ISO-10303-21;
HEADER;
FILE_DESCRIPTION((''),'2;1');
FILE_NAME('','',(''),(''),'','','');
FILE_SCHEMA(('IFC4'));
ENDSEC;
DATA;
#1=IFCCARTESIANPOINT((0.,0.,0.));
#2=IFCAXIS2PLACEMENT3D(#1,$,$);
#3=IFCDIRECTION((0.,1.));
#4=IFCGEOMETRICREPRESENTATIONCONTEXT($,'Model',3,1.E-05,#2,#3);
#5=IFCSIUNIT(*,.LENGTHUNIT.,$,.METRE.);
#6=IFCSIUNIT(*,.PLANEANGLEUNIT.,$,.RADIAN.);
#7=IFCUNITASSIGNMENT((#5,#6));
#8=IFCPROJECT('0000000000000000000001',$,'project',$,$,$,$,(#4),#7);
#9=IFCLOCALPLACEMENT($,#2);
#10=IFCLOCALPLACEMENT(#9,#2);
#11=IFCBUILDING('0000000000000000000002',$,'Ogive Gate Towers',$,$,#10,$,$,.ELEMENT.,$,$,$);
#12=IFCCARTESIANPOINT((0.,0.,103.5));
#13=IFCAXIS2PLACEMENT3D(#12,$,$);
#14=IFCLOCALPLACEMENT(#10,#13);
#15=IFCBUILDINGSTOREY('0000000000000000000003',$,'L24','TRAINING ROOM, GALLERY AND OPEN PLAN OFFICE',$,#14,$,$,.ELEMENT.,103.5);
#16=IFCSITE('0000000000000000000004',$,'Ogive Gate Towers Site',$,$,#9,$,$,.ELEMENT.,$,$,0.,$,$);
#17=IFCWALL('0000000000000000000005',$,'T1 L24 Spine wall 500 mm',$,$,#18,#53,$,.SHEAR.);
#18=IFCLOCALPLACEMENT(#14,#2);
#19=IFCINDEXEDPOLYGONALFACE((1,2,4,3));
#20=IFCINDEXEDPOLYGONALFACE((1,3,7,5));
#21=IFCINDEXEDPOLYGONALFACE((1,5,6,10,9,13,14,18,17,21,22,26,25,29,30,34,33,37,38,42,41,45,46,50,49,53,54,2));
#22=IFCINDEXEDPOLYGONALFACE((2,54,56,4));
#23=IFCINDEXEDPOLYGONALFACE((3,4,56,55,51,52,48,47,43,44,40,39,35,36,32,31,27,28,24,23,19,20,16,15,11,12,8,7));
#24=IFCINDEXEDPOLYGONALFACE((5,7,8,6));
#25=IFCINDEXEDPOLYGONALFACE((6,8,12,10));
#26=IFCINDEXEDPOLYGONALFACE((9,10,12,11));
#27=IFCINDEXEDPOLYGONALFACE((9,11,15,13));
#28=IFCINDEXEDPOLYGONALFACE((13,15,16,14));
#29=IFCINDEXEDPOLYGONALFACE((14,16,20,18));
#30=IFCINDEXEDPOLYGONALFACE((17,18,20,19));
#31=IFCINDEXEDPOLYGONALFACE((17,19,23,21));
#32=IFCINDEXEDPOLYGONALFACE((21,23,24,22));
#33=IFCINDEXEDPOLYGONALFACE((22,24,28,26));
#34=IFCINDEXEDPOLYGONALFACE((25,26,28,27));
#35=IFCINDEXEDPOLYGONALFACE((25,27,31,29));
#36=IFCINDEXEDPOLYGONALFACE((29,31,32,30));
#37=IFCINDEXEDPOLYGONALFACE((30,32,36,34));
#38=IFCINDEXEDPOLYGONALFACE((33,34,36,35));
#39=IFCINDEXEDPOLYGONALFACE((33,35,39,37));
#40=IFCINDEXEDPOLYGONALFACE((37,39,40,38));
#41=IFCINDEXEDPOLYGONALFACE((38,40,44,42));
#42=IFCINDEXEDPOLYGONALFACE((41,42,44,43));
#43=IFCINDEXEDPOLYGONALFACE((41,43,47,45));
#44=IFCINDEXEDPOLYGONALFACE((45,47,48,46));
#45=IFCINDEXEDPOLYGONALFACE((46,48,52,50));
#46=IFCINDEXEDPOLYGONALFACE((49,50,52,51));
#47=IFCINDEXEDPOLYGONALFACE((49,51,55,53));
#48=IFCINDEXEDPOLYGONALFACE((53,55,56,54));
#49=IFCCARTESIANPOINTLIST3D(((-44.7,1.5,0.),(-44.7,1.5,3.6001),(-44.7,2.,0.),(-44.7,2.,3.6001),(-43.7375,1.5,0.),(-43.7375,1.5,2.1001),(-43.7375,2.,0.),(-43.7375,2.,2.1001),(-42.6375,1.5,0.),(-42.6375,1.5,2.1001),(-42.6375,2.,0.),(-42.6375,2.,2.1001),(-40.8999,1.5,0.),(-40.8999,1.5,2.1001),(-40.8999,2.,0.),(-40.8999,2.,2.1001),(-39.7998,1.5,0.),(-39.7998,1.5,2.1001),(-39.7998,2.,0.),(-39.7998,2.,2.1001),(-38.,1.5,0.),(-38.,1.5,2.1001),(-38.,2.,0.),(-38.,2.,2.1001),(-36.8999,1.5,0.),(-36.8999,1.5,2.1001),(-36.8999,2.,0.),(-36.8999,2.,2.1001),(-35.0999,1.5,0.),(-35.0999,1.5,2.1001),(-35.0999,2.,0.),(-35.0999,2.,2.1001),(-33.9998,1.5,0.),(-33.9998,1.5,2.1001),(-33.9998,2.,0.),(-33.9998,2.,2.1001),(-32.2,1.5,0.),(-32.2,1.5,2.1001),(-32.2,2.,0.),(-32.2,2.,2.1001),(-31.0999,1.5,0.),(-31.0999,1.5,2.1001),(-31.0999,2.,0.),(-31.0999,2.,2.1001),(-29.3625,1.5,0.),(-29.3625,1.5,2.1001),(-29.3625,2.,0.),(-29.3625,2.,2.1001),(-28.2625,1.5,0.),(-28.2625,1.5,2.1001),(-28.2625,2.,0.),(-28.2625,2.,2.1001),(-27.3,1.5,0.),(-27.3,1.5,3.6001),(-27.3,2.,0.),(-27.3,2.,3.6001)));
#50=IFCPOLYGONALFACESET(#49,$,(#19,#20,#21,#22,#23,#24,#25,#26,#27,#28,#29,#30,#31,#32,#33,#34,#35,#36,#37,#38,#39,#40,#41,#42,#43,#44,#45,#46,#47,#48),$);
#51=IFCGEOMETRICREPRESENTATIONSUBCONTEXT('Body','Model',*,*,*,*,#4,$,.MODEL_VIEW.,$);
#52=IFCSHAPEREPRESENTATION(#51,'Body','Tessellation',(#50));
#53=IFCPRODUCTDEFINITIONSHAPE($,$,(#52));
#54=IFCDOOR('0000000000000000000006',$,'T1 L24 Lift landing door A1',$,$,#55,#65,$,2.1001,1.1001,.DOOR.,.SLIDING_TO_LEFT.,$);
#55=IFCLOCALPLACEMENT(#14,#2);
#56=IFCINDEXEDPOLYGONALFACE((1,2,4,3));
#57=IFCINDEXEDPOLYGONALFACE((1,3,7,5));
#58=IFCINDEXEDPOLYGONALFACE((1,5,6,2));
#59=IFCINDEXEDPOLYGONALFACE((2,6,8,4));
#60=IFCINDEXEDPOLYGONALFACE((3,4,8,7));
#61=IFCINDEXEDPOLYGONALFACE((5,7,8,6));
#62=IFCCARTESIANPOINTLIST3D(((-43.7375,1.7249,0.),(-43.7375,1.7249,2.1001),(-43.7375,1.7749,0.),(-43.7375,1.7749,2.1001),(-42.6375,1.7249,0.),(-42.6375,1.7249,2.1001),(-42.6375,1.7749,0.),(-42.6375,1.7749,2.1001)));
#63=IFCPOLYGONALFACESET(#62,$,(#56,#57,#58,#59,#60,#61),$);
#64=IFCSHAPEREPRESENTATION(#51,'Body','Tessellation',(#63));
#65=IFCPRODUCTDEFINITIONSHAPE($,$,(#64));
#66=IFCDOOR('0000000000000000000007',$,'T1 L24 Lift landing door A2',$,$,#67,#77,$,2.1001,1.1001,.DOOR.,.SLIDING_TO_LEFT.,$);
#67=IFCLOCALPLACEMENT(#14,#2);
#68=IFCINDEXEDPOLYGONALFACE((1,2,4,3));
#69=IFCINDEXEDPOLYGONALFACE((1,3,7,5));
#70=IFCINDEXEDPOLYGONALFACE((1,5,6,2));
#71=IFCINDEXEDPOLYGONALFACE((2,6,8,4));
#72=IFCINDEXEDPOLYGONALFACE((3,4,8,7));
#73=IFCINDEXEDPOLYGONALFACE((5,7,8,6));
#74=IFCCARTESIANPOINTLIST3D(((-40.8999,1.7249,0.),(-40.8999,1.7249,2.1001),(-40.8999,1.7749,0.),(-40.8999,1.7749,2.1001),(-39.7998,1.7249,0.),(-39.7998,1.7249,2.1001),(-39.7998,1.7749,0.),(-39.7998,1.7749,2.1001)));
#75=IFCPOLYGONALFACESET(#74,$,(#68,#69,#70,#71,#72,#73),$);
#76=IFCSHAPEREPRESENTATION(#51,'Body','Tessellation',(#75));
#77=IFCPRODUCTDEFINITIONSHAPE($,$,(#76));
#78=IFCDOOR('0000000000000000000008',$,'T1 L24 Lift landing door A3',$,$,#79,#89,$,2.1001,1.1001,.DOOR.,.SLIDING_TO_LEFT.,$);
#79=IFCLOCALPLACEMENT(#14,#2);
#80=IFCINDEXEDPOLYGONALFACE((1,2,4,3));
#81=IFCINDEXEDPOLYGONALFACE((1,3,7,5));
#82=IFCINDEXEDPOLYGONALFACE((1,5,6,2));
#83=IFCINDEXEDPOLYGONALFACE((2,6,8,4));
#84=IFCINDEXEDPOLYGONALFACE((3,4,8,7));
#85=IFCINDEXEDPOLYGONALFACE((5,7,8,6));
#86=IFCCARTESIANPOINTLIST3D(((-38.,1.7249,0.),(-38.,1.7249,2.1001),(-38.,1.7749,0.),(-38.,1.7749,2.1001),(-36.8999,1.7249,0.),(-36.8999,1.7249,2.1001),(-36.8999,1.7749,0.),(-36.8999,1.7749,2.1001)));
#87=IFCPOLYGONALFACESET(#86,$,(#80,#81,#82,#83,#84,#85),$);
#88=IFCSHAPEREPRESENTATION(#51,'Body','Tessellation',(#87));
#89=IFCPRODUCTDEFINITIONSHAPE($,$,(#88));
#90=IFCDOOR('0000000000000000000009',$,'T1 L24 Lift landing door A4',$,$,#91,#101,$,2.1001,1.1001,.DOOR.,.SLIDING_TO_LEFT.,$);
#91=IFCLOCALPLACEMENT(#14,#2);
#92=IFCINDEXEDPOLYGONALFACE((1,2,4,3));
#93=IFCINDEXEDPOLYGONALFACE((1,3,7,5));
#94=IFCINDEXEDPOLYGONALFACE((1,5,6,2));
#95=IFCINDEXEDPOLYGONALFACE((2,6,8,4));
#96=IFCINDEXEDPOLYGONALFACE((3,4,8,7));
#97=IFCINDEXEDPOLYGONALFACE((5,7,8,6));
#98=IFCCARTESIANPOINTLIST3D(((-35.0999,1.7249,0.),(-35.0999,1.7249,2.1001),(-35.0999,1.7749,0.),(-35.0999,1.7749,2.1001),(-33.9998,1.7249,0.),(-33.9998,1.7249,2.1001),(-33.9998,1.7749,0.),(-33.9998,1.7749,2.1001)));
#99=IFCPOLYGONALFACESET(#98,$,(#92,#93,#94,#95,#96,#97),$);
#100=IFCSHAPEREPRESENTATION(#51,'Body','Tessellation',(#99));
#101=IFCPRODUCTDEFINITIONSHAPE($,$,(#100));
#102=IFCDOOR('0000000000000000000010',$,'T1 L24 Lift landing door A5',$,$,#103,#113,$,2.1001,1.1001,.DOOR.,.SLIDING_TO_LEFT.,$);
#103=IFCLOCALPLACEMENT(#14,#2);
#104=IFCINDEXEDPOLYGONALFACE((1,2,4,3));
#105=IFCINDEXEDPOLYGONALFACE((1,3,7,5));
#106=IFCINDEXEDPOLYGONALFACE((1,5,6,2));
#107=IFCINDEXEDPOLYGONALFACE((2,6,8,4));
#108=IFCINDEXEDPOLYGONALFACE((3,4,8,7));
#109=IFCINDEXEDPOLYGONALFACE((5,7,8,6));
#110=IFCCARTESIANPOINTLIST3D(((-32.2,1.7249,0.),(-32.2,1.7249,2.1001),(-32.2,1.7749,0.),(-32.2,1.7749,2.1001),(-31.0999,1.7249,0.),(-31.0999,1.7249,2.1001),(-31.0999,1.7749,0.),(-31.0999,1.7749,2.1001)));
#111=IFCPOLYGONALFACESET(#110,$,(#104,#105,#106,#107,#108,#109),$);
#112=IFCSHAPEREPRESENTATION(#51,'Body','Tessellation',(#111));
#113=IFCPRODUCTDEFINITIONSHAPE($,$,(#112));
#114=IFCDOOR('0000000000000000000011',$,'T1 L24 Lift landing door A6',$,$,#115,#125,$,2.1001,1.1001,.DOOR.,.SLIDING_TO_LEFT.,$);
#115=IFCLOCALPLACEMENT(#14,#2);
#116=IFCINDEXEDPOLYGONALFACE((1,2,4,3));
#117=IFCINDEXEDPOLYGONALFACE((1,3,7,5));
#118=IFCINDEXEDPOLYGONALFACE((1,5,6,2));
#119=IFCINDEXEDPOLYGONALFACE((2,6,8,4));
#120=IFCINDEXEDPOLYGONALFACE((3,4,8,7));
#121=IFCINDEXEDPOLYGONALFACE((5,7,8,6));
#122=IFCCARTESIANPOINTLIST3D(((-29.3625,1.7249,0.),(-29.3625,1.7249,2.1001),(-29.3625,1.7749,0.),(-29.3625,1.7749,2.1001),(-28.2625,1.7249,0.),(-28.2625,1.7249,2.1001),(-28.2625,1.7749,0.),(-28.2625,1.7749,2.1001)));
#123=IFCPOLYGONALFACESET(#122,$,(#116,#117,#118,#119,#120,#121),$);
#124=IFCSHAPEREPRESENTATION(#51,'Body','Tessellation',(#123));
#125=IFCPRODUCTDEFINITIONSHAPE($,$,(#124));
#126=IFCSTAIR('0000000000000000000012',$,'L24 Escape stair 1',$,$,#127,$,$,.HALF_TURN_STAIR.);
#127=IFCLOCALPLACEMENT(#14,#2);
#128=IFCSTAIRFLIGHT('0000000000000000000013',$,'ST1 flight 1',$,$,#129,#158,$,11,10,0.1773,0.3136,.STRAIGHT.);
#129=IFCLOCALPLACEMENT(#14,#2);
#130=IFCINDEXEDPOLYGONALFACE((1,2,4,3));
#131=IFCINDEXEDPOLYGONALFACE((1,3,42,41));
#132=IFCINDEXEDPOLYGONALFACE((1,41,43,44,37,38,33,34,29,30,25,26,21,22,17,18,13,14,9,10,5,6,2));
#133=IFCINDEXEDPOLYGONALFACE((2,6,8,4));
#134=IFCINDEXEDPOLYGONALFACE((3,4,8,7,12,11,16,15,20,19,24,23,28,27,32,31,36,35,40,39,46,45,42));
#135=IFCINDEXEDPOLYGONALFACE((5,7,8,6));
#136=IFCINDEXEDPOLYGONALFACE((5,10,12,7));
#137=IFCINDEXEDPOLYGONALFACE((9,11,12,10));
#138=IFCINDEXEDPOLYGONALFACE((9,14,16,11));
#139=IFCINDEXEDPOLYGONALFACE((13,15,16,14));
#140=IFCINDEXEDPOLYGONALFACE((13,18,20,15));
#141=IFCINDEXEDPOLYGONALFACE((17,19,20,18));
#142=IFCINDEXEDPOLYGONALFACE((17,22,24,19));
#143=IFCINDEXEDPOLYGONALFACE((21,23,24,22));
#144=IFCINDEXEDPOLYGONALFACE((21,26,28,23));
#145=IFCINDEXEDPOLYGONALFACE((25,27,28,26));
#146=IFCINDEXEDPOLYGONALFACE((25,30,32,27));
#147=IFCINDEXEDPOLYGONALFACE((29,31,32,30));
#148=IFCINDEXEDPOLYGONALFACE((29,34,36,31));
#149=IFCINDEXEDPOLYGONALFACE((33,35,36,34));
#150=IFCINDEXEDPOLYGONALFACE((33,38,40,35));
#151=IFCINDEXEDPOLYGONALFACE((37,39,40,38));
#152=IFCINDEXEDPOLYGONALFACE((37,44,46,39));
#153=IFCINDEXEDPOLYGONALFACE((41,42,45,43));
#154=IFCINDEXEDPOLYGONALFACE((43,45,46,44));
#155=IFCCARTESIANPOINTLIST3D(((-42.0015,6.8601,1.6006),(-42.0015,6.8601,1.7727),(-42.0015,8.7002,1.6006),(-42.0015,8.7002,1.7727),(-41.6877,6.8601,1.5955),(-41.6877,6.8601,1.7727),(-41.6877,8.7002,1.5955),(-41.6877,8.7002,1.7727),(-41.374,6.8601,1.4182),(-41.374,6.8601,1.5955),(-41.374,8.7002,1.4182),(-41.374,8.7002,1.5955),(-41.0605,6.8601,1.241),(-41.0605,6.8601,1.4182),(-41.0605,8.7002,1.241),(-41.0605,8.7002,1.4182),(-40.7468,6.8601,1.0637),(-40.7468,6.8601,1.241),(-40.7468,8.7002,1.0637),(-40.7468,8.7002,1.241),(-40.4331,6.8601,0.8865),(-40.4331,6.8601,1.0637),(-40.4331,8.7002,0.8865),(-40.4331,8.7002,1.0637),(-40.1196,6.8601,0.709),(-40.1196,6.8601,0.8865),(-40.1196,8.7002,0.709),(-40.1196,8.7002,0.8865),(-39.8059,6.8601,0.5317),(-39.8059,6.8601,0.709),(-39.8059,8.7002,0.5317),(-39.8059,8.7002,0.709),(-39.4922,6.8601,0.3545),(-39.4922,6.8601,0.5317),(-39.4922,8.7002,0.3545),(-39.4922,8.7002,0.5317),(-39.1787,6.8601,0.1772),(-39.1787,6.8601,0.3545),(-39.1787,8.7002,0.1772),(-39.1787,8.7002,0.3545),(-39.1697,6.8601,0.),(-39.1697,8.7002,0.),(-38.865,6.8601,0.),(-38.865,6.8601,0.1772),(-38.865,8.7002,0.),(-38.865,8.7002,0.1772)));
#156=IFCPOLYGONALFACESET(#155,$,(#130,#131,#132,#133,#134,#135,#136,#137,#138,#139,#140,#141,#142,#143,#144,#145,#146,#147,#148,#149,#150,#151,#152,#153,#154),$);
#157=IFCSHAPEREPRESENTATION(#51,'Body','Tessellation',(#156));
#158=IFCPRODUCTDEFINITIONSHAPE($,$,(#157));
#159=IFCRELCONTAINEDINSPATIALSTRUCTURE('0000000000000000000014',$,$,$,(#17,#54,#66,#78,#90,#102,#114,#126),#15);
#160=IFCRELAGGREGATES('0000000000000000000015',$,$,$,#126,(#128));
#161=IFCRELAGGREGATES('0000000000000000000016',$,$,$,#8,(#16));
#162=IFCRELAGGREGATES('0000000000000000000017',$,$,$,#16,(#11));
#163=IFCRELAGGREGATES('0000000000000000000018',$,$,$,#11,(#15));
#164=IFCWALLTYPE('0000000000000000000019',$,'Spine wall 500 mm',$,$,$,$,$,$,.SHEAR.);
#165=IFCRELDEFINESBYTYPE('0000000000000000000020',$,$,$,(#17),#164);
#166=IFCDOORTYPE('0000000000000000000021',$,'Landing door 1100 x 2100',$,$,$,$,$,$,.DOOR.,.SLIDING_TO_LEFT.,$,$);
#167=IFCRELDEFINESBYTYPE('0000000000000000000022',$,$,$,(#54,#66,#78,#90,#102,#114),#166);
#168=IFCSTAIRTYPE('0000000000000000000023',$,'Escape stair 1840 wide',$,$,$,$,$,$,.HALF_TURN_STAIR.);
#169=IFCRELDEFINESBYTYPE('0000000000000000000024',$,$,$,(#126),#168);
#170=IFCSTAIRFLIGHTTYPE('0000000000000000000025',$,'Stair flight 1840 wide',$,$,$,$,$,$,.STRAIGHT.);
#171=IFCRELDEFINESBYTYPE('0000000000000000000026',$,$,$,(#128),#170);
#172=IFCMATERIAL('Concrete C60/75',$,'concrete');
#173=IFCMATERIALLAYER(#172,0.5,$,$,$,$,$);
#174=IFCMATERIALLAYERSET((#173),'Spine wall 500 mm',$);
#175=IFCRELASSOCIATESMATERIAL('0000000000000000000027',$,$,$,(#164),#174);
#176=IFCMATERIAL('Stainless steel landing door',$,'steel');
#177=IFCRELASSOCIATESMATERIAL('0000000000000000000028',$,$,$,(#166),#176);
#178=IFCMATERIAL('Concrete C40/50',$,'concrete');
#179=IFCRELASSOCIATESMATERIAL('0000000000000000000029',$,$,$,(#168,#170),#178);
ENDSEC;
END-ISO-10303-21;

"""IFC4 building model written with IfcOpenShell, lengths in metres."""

from ifc_helpers import new_model, si_unit, direction, frame, frame_2d, origin, place, context, subcontext, project, spatial, polyline, rectangle, outline, extrude, material, layer, layer_set, type_object, element, fill, aggregate, save


model = new_model("IFC4")

# Units and contexts
model_context = context("Model", 3, precision=1e-05, world=origin(), true_north=direction((0.0, 1.0)))
body_context = subcontext(model_context, "Body", "Model", "MODEL_VIEW")
ifc_project = project(units=[si_unit("LENGTHUNIT", "METRE"), si_unit("PLANEANGLEUNIT", "RADIAN")], contexts=[model_context])

# Site, building, storey
site_placement = place(None, origin())
site = spatial("IfcSite", under=ifc_project, at=site_placement, Name="Ogive Gate Towers Site", CompositionType="ELEMENT", RefElevation=0.0)
building_placement = place(site_placement, origin())
building = spatial("IfcBuilding", under=site, at=building_placement, Name="Ogive Gate Towers", CompositionType="ELEMENT")
storey_placement = place(building_placement, frame((0.0, 0.0, 103.5)))
storey = spatial("IfcBuildingStorey", under=building, at=storey_placement, Name="L24", Description="TRAINING ROOM, GALLERY AND OPEN PLAN OFFICE", CompositionType="ELEMENT", Elevation=103.5)

# Shared definitions
ifc_material_1 = material(Name="Concrete C60/75", Category="concrete")

# Wall, openings, doors
ifc_layer_1 = layer(ifc_material_1, 0.5)
ifc_layer_set_1 = layer_set([ifc_layer_1], Name="Spine wall 500 mm")
wall_type_1 = type_object("IfcWallType", Name="Spine wall 500 mm", PredefinedType="SHEAR", material=ifc_layer_set_1)
ifc_material_2 = material(Name="Stainless steel landing door", Category="steel")
wall_1_placement = place(storey_placement, frame((-44.7, 1.75, 0.0), z_axis=(0.0, 0.0, 1.0), x_axis=(1.0, 0.0, 0.0)))
wall_1 = element("IfcWall", 1, at=wall_1_placement, inside=storey, type_object=wall_type_1, Name="T1 L24 Spine wall 500 mm", PredefinedType="SHEAR", context=body_context, shape_type="SweptSolid", body=[
    extrude(rectangle(XDim=17.3999, YDim=0.5, at=frame_2d((8.7, 0.0))), origin(), (0.0, 0.0, 1.0), 3.6001),
])
opening_1_placement = place(wall_1_placement, frame((0.9624, 0.0, 0.0)))
opening_1 = element("IfcOpeningElement", 2, at=opening_1_placement, cuts=wall_1, PredefinedType="OPENING", context=body_context, shape_type="SweptSolid", body=[
    extrude(rectangle(XDim=1.1001, YDim=2.1001, at=frame_2d((0.55, 1.05))), frame((0.0, 0.26, 0.0), z_axis=(0.0, -1.0, 0.0), x_axis=(1.0, 0.0, 0.0)), (0.0, 0.0, 1.0), 0.52),
])
opening_2_placement = place(wall_1_placement, frame((3.8, 0.0, 0.0)))
opening_2 = element("IfcOpeningElement", 3, at=opening_2_placement, cuts=wall_1, PredefinedType="OPENING", context=body_context, shape_type="SweptSolid", body=[
    extrude(rectangle(XDim=1.1001, YDim=2.1001, at=frame_2d((0.55, 1.05))), frame((0.0, 0.26, 0.0), z_axis=(0.0, -1.0, 0.0), x_axis=(1.0, 0.0, 0.0)), (0.0, 0.0, 1.0), 0.52),
])
opening_3_placement = place(wall_1_placement, frame((6.7, 0.0, 0.0)))
opening_3 = element("IfcOpeningElement", 4, at=opening_3_placement, cuts=wall_1, PredefinedType="OPENING", context=body_context, shape_type="SweptSolid", body=[
    extrude(rectangle(XDim=1.1001, YDim=2.1001, at=frame_2d((0.55, 1.05))), frame((0.0, 0.26, 0.0), z_axis=(0.0, -1.0, 0.0), x_axis=(1.0, 0.0, 0.0)), (0.0, 0.0, 1.0), 0.52),
])
opening_4_placement = place(wall_1_placement, frame((9.6001, 0.0, 0.0)))
opening_4 = element("IfcOpeningElement", 5, at=opening_4_placement, cuts=wall_1, PredefinedType="OPENING", context=body_context, shape_type="SweptSolid", body=[
    extrude(rectangle(XDim=1.1001, YDim=2.1001, at=frame_2d((0.55, 1.05))), frame((0.0, 0.26, 0.0), z_axis=(0.0, -1.0, 0.0), x_axis=(1.0, 0.0, 0.0)), (0.0, 0.0, 1.0), 0.52),
])
opening_5_placement = place(wall_1_placement, frame((12.5, 0.0, 0.0)))
opening_5 = element("IfcOpeningElement", 6, at=opening_5_placement, cuts=wall_1, PredefinedType="OPENING", context=body_context, shape_type="SweptSolid", body=[
    extrude(rectangle(XDim=1.1001, YDim=2.1001, at=frame_2d((0.55, 1.05))), frame((0.0, 0.26, 0.0), z_axis=(0.0, -1.0, 0.0), x_axis=(1.0, 0.0, 0.0)), (0.0, 0.0, 1.0), 0.52),
])
opening_6_placement = place(wall_1_placement, frame((15.3374, 0.0, 0.0)))
opening_6 = element("IfcOpeningElement", 7, at=opening_6_placement, cuts=wall_1, PredefinedType="OPENING", context=body_context, shape_type="SweptSolid", body=[
    extrude(rectangle(XDim=1.1001, YDim=2.1001, at=frame_2d((0.55, 1.05))), frame((0.0, 0.26, 0.0), z_axis=(0.0, -1.0, 0.0), x_axis=(1.0, 0.0, 0.0)), (0.0, 0.0, 1.0), 0.52),
])
door_type_1 = type_object("IfcDoorType", Name="Landing door 1100 x 2100", OperationType="SLIDING_TO_LEFT", PredefinedType="DOOR", material=ifc_material_2)
door_1_placement = place(opening_1_placement, origin())
door_1 = element("IfcDoor", 8, at=door_1_placement, inside=storey, type_object=door_type_1, Name="T1 L24 Lift landing door A1", OperationType="SLIDING_TO_LEFT", OverallHeight=2.1001, OverallWidth=1.1001, PredefinedType="DOOR", context=body_context, shape_type="SweptSolid", body=[
    extrude(rectangle(XDim=1.1001, YDim=2.1001, at=frame_2d((0.55, 1.05))), frame((0.0, 0.0249, 0.0), z_axis=(0.0, -1.0, 0.0), x_axis=(1.0, 0.0, 0.0)), (0.0, 0.0, 1.0), 0.05),
])
fill(opening_1, door_1)
door_2_placement = place(opening_2_placement, origin())
door_2 = element("IfcDoor", 9, at=door_2_placement, inside=storey, type_object=door_type_1, Name="T1 L24 Lift landing door A2", OperationType="SLIDING_TO_LEFT", OverallHeight=2.1001, OverallWidth=1.1001, PredefinedType="DOOR", context=body_context, shape_type="SweptSolid", body=[
    extrude(rectangle(XDim=1.1001, YDim=2.1001, at=frame_2d((0.55, 1.05))), frame((0.0, 0.0249, 0.0), z_axis=(0.0, -1.0, 0.0), x_axis=(1.0, 0.0, 0.0)), (0.0, 0.0, 1.0), 0.05),
])
fill(opening_2, door_2)
door_3_placement = place(opening_3_placement, origin())
door_3 = element("IfcDoor", 10, at=door_3_placement, inside=storey, type_object=door_type_1, Name="T1 L24 Lift landing door A3", OperationType="SLIDING_TO_LEFT", OverallHeight=2.1001, OverallWidth=1.1001, PredefinedType="DOOR", context=body_context, shape_type="SweptSolid", body=[
    extrude(rectangle(XDim=1.1001, YDim=2.1001, at=frame_2d((0.55, 1.05))), frame((0.0, 0.0249, 0.0), z_axis=(0.0, -1.0, 0.0), x_axis=(1.0, 0.0, 0.0)), (0.0, 0.0, 1.0), 0.05),
])
fill(opening_3, door_3)
door_4_placement = place(opening_4_placement, origin())
door_4 = element("IfcDoor", 11, at=door_4_placement, inside=storey, type_object=door_type_1, Name="T1 L24 Lift landing door A4", OperationType="SLIDING_TO_LEFT", OverallHeight=2.1001, OverallWidth=1.1001, PredefinedType="DOOR", context=body_context, shape_type="SweptSolid", body=[
    extrude(rectangle(XDim=1.1001, YDim=2.1001, at=frame_2d((0.55, 1.05))), frame((0.0, 0.0249, 0.0), z_axis=(0.0, -1.0, 0.0), x_axis=(1.0, 0.0, 0.0)), (0.0, 0.0, 1.0), 0.05),
])
fill(opening_4, door_4)
door_5_placement = place(opening_5_placement, origin())
door_5 = element("IfcDoor", 12, at=door_5_placement, inside=storey, type_object=door_type_1, Name="T1 L24 Lift landing door A5", OperationType="SLIDING_TO_LEFT", OverallHeight=2.1001, OverallWidth=1.1001, PredefinedType="DOOR", context=body_context, shape_type="SweptSolid", body=[
    extrude(rectangle(XDim=1.1001, YDim=2.1001, at=frame_2d((0.55, 1.05))), frame((0.0, 0.0249, 0.0), z_axis=(0.0, -1.0, 0.0), x_axis=(1.0, 0.0, 0.0)), (0.0, 0.0, 1.0), 0.05),
])
fill(opening_5, door_5)
door_6_placement = place(opening_6_placement, origin())
door_6 = element("IfcDoor", 13, at=door_6_placement, inside=storey, type_object=door_type_1, Name="T1 L24 Lift landing door A6", OperationType="SLIDING_TO_LEFT", OverallHeight=2.1001, OverallWidth=1.1001, PredefinedType="DOOR", context=body_context, shape_type="SweptSolid", body=[
    extrude(rectangle(XDim=1.1001, YDim=2.1001, at=frame_2d((0.55, 1.05))), frame((0.0, 0.0249, 0.0), z_axis=(0.0, -1.0, 0.0), x_axis=(1.0, 0.0, 0.0)), (0.0, 0.0, 1.0), 0.05),
])
fill(opening_6, door_6)

# Stair, stair flight
ifc_material_3 = material(Name="Concrete C40/50", Category="concrete")
stair_type = type_object("IfcStairType", Name="Escape stair 1840 wide", PredefinedType="HALF_TURN_STAIR", material=ifc_material_3)
stair_placement = place(storey_placement, origin())
stair = element("IfcStair", 14, at=stair_placement, inside=storey, type_object=stair_type, Name="L24 Escape stair 1", PredefinedType="HALF_TURN_STAIR")
stair_flight_type = type_object("IfcStairFlightType", Name="Stair flight 1840 wide", PredefinedType="STRAIGHT", material=ifc_material_3)
stair_flight_1_placement = place(storey_placement, frame((-38.865, 7.78, 0.0), z_axis=(0.0, 0.0, 1.0), x_axis=(-1.0, 0.0, 0.0)))
stair_flight_1 = element("IfcStairFlight", 15, at=stair_flight_1_placement, type_object=stair_flight_type, Name="ST1 flight 1", NumberOfRisers=11, NumberOfTreads=10, PredefinedType="STRAIGHT", RiserHeight=0.1773, TreadLength=0.3136, context=body_context, shape_type="SweptSolid", body=[
    extrude(outline(polyline([(0.0, 0.0), (0.0, 0.1772), (0.3137, 0.1772), (0.3137, 0.3545), (0.6272, 0.3545), (0.6272, 0.5317), (0.9409, 0.5317), (0.9409, 0.709), (1.2546, 0.709), (1.2546, 0.8865), (1.5681, 0.8865), (1.5681, 1.0637), (1.8818, 1.0637), (1.8818, 1.241), (2.1956, 1.241), (2.1956, 1.4182), (2.509, 1.4182), (2.509, 1.5955), (2.8228, 1.5955), (2.8228, 1.7727), (3.1365, 1.7727), (3.1365, 1.95), (3.1365, 1.6006), (0.3047, 0.0), (0.0, 0.0)])), frame((0.0, 0.9199, 0.0), z_axis=(0.0, -1.0, 0.0), x_axis=(1.0, 0.0, 0.0)), (0.0, 0.0, 1.0), 1.8401),
])
aggregate(stair, [stair_flight_1])

save(model, "model.ifc")
